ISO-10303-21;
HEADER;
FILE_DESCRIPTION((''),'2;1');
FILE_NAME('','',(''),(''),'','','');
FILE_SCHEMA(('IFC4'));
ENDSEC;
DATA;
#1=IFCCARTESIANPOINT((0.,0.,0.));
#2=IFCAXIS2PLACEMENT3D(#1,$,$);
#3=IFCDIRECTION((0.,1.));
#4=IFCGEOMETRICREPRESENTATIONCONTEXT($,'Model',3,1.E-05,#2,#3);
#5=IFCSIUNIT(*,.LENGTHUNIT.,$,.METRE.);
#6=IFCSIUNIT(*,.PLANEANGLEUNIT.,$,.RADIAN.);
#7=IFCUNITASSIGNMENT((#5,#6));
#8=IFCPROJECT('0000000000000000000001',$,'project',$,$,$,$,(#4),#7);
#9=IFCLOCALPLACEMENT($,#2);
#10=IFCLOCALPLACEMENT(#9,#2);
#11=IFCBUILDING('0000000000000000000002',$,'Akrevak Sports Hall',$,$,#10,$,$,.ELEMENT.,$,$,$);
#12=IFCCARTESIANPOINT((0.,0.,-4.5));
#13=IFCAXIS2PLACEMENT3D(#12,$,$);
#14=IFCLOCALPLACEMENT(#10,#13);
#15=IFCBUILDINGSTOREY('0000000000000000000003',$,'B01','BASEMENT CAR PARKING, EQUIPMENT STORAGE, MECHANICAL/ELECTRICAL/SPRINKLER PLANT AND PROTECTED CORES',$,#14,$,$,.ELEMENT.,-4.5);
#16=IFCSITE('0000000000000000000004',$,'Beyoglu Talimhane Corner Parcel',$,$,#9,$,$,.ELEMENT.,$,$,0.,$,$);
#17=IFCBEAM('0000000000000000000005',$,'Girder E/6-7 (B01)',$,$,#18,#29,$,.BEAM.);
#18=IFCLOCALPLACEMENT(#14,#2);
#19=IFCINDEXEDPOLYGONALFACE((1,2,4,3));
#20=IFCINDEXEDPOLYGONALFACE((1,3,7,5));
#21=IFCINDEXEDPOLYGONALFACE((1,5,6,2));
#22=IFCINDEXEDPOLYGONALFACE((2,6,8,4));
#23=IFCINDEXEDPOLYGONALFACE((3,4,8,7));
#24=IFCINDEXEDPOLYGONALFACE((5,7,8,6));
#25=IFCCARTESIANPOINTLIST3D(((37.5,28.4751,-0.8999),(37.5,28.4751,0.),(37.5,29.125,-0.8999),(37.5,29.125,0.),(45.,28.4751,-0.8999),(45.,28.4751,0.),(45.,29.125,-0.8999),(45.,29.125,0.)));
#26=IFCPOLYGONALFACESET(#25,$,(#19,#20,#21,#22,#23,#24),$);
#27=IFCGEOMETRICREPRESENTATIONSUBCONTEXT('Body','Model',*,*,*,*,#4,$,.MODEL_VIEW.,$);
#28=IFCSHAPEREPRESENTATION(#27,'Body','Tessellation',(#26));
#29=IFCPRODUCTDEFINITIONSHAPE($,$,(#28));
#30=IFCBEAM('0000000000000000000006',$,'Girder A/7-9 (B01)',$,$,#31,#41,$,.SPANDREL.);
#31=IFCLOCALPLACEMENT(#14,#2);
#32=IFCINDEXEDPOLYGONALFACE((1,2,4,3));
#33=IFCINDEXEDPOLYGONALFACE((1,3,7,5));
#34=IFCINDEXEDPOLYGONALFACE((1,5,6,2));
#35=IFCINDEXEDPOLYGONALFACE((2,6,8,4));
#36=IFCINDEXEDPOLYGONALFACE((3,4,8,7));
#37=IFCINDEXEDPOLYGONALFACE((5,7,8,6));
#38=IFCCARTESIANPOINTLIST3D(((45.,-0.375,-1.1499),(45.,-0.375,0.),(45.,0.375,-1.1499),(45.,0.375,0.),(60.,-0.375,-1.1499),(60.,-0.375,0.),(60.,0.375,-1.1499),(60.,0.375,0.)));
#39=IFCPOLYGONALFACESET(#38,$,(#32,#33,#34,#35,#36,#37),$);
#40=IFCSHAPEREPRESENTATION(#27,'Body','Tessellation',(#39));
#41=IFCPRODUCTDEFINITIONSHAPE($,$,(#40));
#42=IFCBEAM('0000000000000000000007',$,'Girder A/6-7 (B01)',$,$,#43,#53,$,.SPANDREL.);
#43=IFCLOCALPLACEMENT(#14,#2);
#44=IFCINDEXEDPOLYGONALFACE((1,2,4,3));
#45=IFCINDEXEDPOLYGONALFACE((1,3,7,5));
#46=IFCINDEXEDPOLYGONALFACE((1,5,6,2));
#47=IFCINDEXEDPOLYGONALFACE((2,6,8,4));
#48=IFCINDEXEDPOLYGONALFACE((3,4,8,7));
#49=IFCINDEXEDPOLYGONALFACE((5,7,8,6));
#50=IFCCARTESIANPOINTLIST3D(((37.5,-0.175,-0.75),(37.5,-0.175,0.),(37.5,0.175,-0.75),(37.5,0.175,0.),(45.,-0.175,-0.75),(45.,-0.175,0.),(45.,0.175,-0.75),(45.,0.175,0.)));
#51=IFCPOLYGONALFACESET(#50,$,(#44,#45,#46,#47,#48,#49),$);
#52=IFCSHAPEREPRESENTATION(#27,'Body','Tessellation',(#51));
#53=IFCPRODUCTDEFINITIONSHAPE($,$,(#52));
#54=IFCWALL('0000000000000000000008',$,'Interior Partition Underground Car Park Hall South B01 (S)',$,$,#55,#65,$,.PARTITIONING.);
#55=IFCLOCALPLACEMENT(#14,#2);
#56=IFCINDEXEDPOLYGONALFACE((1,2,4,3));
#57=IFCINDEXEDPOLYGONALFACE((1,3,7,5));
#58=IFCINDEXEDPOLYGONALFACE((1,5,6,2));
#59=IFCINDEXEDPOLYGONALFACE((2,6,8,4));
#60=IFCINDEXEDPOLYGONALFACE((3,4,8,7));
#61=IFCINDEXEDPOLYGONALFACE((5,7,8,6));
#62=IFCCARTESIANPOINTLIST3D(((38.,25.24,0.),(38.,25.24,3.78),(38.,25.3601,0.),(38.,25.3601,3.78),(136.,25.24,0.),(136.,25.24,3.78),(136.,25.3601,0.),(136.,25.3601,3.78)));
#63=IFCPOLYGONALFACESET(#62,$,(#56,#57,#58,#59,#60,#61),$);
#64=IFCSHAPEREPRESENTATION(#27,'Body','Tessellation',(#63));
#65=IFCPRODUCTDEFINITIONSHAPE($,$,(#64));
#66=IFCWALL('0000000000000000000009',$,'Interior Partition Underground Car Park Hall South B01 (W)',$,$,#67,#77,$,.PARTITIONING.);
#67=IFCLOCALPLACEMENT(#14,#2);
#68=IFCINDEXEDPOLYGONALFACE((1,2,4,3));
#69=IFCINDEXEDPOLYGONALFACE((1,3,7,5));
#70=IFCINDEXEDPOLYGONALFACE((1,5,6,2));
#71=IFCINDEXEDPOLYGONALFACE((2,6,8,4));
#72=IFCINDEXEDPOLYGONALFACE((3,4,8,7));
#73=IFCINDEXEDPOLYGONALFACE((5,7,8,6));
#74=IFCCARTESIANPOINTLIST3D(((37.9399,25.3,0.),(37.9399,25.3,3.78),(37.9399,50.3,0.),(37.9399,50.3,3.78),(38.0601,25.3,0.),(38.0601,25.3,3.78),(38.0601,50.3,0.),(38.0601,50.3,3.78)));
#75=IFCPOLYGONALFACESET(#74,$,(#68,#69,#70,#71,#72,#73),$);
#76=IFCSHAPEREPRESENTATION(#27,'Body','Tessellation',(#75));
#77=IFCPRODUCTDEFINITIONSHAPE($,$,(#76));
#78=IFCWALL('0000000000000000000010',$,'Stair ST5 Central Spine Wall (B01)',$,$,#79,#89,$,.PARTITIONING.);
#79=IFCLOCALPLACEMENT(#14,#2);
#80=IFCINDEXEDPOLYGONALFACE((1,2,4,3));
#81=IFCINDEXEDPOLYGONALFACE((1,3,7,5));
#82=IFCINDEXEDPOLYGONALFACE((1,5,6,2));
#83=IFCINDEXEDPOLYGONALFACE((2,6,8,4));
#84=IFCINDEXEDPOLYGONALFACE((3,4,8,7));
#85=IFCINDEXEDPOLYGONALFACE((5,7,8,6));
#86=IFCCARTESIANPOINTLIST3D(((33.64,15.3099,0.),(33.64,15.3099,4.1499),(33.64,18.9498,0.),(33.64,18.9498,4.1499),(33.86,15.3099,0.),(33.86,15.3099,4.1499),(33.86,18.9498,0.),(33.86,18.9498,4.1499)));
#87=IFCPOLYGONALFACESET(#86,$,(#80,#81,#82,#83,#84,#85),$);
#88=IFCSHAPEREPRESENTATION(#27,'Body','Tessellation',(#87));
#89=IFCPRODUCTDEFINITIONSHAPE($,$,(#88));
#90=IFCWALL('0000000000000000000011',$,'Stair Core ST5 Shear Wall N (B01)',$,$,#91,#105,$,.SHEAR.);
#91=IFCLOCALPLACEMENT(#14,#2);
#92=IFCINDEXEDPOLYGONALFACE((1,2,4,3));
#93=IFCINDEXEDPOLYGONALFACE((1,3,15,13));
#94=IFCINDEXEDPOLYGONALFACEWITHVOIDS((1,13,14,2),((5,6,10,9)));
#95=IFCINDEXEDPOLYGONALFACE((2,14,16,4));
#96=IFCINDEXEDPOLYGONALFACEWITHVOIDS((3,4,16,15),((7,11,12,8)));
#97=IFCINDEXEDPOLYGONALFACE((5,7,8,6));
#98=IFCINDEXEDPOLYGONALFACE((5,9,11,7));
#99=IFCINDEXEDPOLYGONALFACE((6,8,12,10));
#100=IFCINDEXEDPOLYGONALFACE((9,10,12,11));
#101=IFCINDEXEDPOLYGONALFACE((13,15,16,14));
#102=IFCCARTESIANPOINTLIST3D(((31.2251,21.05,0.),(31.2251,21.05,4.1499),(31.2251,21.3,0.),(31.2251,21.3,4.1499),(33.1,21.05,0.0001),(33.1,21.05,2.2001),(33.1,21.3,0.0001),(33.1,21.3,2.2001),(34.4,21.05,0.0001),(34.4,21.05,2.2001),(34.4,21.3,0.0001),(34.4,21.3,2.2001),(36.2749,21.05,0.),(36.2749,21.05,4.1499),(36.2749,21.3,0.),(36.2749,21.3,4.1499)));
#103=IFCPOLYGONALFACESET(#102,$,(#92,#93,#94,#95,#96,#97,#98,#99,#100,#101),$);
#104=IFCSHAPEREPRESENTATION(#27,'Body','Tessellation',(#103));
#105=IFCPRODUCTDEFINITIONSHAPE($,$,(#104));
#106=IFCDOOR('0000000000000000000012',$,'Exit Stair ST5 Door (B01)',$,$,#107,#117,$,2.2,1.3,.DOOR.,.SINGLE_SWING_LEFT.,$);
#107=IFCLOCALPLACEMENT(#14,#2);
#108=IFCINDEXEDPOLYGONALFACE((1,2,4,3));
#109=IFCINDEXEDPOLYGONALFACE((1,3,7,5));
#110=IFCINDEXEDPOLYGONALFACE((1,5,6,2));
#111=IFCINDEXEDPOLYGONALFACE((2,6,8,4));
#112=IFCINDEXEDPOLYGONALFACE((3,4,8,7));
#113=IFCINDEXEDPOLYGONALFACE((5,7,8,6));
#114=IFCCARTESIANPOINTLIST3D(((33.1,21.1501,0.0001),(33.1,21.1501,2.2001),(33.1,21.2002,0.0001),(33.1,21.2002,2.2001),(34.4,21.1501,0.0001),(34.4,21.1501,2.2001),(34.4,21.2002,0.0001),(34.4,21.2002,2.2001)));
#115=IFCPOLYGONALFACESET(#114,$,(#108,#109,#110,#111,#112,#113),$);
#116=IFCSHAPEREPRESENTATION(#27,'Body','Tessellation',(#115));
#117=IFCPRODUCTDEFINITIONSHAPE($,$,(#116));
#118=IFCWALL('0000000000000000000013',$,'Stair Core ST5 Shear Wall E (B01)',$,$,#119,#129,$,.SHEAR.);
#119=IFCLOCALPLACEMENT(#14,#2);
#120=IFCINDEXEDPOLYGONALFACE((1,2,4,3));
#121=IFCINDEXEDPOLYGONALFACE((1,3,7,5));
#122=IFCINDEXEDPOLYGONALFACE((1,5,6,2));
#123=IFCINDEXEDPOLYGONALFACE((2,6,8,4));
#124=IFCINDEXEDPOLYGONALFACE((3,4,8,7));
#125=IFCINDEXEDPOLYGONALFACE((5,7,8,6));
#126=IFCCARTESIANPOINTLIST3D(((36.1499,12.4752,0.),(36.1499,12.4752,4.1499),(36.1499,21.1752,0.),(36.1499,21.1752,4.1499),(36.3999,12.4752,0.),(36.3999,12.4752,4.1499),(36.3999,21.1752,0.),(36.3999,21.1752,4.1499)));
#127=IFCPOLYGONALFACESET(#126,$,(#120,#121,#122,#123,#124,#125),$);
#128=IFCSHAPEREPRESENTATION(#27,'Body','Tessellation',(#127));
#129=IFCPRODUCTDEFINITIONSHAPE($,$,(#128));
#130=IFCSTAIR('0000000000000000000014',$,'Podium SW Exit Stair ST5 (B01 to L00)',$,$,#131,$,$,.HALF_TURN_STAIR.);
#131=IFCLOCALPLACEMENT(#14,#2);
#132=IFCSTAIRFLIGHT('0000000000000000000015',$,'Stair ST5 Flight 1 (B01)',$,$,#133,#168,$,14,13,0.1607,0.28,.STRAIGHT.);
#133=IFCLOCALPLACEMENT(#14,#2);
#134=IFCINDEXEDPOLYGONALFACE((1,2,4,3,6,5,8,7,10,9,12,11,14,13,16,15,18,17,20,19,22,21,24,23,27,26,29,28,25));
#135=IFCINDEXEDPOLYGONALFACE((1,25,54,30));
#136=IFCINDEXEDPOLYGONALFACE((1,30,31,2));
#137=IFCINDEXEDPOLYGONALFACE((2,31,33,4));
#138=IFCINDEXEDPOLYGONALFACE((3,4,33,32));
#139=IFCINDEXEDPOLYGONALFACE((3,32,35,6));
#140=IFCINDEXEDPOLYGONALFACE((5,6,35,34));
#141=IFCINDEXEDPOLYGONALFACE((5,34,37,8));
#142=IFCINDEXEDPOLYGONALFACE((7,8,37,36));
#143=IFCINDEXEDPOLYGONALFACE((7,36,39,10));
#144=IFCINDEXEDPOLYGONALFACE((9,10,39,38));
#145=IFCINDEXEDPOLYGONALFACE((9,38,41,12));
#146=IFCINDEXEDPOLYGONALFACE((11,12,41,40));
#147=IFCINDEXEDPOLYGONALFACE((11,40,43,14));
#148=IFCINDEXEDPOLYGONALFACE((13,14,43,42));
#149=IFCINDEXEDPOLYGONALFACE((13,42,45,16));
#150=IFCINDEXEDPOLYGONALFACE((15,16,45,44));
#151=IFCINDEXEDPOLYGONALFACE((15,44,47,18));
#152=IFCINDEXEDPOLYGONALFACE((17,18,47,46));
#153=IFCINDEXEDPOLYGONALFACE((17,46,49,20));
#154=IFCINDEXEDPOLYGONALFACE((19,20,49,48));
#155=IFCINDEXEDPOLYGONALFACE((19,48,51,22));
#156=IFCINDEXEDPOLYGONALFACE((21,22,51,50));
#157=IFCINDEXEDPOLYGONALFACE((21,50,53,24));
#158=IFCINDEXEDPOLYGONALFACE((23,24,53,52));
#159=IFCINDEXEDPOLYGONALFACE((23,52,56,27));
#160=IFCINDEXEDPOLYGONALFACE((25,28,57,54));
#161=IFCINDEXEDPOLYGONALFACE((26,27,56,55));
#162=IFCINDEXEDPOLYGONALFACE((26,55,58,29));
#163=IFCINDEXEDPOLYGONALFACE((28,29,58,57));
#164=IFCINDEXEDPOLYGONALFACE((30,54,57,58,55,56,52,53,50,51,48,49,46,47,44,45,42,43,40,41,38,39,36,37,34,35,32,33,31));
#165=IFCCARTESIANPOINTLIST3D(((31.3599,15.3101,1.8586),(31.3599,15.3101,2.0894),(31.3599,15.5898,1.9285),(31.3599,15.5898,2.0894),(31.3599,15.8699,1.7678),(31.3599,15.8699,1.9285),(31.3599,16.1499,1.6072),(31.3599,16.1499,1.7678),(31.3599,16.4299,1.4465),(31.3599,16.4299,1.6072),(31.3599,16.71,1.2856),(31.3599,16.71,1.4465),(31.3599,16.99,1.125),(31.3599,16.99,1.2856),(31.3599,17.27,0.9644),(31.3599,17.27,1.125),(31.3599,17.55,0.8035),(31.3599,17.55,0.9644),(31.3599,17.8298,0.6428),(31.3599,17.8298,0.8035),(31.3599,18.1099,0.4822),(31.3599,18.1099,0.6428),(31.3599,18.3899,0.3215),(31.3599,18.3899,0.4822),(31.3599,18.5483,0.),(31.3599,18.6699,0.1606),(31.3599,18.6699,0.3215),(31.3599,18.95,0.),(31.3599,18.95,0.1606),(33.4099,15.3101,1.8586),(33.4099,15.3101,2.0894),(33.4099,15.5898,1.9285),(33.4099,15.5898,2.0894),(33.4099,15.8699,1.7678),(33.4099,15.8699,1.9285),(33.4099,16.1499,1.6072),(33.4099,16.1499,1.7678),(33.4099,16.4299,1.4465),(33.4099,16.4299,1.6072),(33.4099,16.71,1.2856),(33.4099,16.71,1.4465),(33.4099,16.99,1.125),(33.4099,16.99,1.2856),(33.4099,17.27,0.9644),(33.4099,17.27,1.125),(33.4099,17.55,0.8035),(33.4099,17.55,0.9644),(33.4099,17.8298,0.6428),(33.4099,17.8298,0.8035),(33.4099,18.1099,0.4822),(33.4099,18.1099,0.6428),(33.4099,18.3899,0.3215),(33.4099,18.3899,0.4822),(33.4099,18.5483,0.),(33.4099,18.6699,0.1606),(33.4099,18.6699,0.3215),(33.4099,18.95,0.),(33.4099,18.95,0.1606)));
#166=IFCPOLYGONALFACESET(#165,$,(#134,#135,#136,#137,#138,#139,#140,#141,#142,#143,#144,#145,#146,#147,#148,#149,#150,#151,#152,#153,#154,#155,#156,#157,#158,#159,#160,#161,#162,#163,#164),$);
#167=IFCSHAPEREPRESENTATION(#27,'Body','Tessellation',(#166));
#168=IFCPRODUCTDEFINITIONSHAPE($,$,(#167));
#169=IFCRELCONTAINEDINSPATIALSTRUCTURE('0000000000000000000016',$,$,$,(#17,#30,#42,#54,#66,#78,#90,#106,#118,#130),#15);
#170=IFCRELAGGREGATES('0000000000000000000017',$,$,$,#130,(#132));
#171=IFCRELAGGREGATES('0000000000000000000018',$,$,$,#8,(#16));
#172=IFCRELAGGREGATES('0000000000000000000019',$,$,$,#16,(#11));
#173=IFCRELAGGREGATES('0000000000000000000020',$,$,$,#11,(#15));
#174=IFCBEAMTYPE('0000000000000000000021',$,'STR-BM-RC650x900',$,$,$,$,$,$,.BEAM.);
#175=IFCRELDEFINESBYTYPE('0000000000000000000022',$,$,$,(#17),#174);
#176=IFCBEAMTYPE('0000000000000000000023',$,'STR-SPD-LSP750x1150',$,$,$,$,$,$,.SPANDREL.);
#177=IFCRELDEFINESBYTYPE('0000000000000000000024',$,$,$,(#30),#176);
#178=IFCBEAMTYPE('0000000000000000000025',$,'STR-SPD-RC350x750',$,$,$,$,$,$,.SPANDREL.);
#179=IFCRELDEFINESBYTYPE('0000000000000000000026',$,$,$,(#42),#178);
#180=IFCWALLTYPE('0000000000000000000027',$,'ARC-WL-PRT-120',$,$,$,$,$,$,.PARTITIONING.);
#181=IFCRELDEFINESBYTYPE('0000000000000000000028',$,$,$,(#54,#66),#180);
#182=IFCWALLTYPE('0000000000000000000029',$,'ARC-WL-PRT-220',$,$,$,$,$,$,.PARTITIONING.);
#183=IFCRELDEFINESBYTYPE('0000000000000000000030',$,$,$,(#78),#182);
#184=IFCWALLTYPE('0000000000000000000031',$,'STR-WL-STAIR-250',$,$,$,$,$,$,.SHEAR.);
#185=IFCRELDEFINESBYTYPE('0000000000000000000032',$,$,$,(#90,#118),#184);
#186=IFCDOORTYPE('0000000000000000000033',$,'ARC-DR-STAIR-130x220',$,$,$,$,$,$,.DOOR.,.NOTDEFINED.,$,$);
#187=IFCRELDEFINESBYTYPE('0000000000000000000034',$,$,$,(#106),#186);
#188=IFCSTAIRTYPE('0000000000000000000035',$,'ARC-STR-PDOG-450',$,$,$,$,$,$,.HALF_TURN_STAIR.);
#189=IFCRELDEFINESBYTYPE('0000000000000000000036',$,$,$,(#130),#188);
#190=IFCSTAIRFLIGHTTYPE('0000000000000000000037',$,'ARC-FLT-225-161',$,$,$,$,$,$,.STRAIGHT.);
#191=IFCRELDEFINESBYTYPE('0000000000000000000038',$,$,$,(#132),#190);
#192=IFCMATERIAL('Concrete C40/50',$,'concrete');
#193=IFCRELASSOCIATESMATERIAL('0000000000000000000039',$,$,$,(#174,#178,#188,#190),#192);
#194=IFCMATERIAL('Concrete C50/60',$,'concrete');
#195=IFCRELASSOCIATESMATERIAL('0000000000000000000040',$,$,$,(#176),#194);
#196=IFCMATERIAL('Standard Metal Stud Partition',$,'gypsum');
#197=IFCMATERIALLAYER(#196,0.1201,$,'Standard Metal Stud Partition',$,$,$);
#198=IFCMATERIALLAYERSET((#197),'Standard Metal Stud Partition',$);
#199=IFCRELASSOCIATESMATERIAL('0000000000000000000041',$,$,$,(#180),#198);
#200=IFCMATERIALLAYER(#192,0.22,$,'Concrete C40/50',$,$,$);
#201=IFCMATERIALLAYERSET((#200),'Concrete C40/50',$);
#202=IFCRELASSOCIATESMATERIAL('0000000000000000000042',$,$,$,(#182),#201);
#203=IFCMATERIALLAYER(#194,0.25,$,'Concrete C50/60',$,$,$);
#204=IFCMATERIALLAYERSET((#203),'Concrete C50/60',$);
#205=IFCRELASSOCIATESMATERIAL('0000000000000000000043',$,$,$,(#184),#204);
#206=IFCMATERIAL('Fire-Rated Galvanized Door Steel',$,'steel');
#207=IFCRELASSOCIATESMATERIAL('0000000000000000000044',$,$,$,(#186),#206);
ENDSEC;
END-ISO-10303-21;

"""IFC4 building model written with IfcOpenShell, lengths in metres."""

from ifc_helpers import new_model, si_unit, direction, frame, frame_2d, origin, origin_2d, place, context, subcontext, project, spatial, polyline, rectangle, outline, extrude, material, layer, layer_set, material_profile, profile_set, type_object, element, fill, aggregate, save


model = new_model("IFC4")

# Units and contexts
model_context = context("Model", 3, precision=1e-05, world=origin(), true_north=direction((0.0, 1.0)))
body_context = subcontext(model_context, "Body", "Model", "MODEL_VIEW")
ifc_project = project(units=[si_unit("LENGTHUNIT", "METRE"), si_unit("PLANEANGLEUNIT", "RADIAN")], contexts=[model_context])

# Site, building, storey
site_placement = place(None, origin())
site = spatial("IfcSite", under=ifc_project, at=site_placement, Name="Beyoglu Talimhane Corner Parcel", CompositionType="ELEMENT", RefElevation=0.0)
building_placement = place(site_placement, origin())
building = spatial("IfcBuilding", under=site, at=building_placement, Name="Akrevak Sports Hall", CompositionType="ELEMENT")
storey_placement = place(building_placement, frame((0.0, 0.0, -4.5)))
storey = spatial("IfcBuildingStorey", under=building, at=storey_placement, Name="B01", Description="BASEMENT CAR PARKING, EQUIPMENT STORAGE, MECHANICAL/ELECTRICAL/SPRINKLER PLANT AND PROTECTED CORES", CompositionType="ELEMENT", Elevation=-4.5)

# Shared definitions
ifc_material_1 = material(Name="Concrete C50/60", Category="concrete")
ifc_material_2 = material(Name="Concrete C40/50", Category="concrete")

# Beams
ifc_material_profile_1 = material_profile(ifc_material_2, rectangle(XDim=0.6499, YDim=0.8999, at=origin_2d()), Name="BM 650x900", Category="concrete")
ifc_profile_set_1 = profile_set([ifc_material_profile_1], Name="Concrete C40/50")
beam_type_1 = type_object("IfcBeamType", Name="STR-BM-RC650x900", PredefinedType="BEAM", material=ifc_profile_set_1)
for number, where, z_axis, x_axis, name in (
    (1, (37.5, 28.8, -0.45), (1.0, 0.0, 0.0), (0.0, 1.0, 0.0), "Girder E/6-7 (B01)"),
):
    element("IfcBeam", number, at=place(storey_placement, frame(where, z_axis=z_axis, x_axis=x_axis)), inside=storey, type_object=beam_type_1, Name=name, PredefinedType="BEAM", context=body_context, shape_type="SweptSolid", body=[
        extrude(rectangle(XDim=0.6499, YDim=0.8999, at=origin_2d()), origin(), (0.0, 0.0, 1.0), 7.5),
    ])
ifc_material_profile_2 = material_profile(ifc_material_1, rectangle(XDim=0.75, YDim=1.1499, at=origin_2d()), Name="SPD 750x1150", Category="concrete")
ifc_profile_set_2 = profile_set([ifc_material_profile_2], Name="Concrete C50/60")
beam_type_2 = type_object("IfcBeamType", Name="STR-SPD-LSP750x1150", PredefinedType="SPANDREL", material=ifc_profile_set_2)
beam_1_placement = place(storey_placement, frame((45.0, 0.0, -0.575), z_axis=(1.0, 0.0, 0.0), x_axis=(0.0, 1.0, 0.0)))
element("IfcBeam", 2, at=beam_1_placement, inside=storey, type_object=beam_type_2, Name="Girder A/7-9 (B01)", PredefinedType="SPANDREL", context=body_context, shape_type="SweptSolid", body=[
    extrude(rectangle(XDim=0.75, YDim=1.1499, at=origin_2d()), origin(), (0.0, 0.0, 1.0), 15.0),
])
ifc_material_profile_3 = material_profile(ifc_material_2, rectangle(XDim=0.3501, YDim=0.75, at=origin_2d()), Name="SPD 350x750", Category="concrete")
ifc_profile_set_3 = profile_set([ifc_material_profile_3], Name="Concrete C40/50")
beam_type_3 = type_object("IfcBeamType", Name="STR-SPD-RC350x750", PredefinedType="SPANDREL", material=ifc_profile_set_3)
beam_2_placement = place(storey_placement, frame((37.5, 0.0, -0.375), z_axis=(1.0, 0.0, 0.0), x_axis=(0.0, 1.0, 0.0)))
element("IfcBeam", 3, at=beam_2_placement, inside=storey, type_object=beam_type_3, Name="Girder A/6-7 (B01)", PredefinedType="SPANDREL", context=body_context, shape_type="SweptSolid", body=[
    extrude(rectangle(XDim=0.3501, YDim=0.75, at=origin_2d()), origin(), (0.0, 0.0, 1.0), 7.5),
])

# Walls
ifc_material_3 = material(Name="Standard Metal Stud Partition", Category="gypsum")
ifc_layer_1 = layer(ifc_material_3, 0.1201, Name="Standard Metal Stud Partition")
ifc_layer_set_1 = layer_set([ifc_layer_1], Name="Standard Metal Stud Partition")
wall_type_1 = type_object("IfcWallType", Name="ARC-WL-PRT-120", PredefinedType="PARTITIONING", material=ifc_layer_set_1)
wall_1_placement = place(storey_placement, frame((38.0, 25.3, 0.0), z_axis=(0.0, 0.0, 1.0), x_axis=(1.0, 0.0, 0.0)))
element("IfcWall", 4, at=wall_1_placement, inside=storey, type_object=wall_type_1, Name="Interior Partition Underground Car Park Hall South B01 (S)", PredefinedType="PARTITIONING", context=body_context, shape_type="SweptSolid", body=[
    extrude(rectangle(XDim=98.0, YDim=0.1201, at=frame_2d((49.0, 0.0))), origin(), (0.0, 0.0, 1.0), 3.78),
])
wall_2_placement = place(storey_placement, frame((38.0, 25.3, 0.0), z_axis=(0.0, 0.0, 1.0), x_axis=(0.0, 1.0, 0.0)))
element("IfcWall", 5, at=wall_2_placement, inside=storey, type_object=wall_type_1, Name="Interior Partition Underground Car Park Hall South B01 (W)", PredefinedType="PARTITIONING", context=body_context, shape_type="SweptSolid", body=[
    extrude(rectangle(XDim=25.0, YDim=0.1201, at=frame_2d((12.5, 0.0))), origin(), (0.0, 0.0, 1.0), 3.78),
])
ifc_layer_2 = layer(ifc_material_2, 0.22, Name="Concrete C40/50")
ifc_layer_set_2 = layer_set([ifc_layer_2], Name="Concrete C40/50")
wall_type_2 = type_object("IfcWallType", Name="ARC-WL-PRT-220", PredefinedType="PARTITIONING", material=ifc_layer_set_2)
wall_3_placement = place(storey_placement, frame((33.75, 15.3101, 0.0), z_axis=(0.0, 0.0, 1.0), x_axis=(0.0, 1.0, 0.0)))
element("IfcWall", 6, at=wall_3_placement, inside=storey, type_object=wall_type_2, Name="Stair ST5 Central Spine Wall (B01)", PredefinedType="PARTITIONING", context=body_context, shape_type="SweptSolid", body=[
    extrude(rectangle(XDim=3.6399, YDim=0.22, at=frame_2d((1.8198, 0.0))), origin(), (0.0, 0.0, 1.0), 4.1499),
])

# Wall, opening, door
ifc_layer_3 = layer(ifc_material_1, 0.25, Name="Concrete C50/60")
ifc_layer_set_3 = layer_set([ifc_layer_3], Name="Concrete C50/60")
wall_type_3 = type_object("IfcWallType", Name="STR-WL-STAIR-250", PredefinedType="SHEAR", material=ifc_layer_set_3)
wall_4_placement = place(storey_placement, frame((36.2749, 21.175, 0.0), z_axis=(0.0, 0.0, 1.0), x_axis=(-1.0, 0.0, 0.0)))
wall_4 = element("IfcWall", 7, at=wall_4_placement, inside=storey, type_object=wall_type_3, Name="Stair Core ST5 Shear Wall N (B01)", PredefinedType="SHEAR", context=body_context, shape_type="SweptSolid", body=[
    extrude(rectangle(XDim=5.0498, YDim=0.25, at=frame_2d((2.5249, 0.0))), origin(), (0.0, 0.0, 1.0), 4.1499),
])
opening_placement = place(wall_4_placement, frame((1.875, 0.0, 0.0)))
opening = element("IfcOpeningElement", 8, at=opening_placement, cuts=wall_4, PredefinedType="OPENING", context=body_context, shape_type="SweptSolid", body=[
    extrude(rectangle(XDim=1.3, YDim=2.2, at=frame_2d((0.6499, 1.1001))), frame((0.0, 0.137, 0.0), z_axis=(0.0, -1.0, 0.0), x_axis=(1.0, 0.0, 0.0)), (0.0, 0.0, 1.0), 0.2739),
])
ifc_material_4 = material(Name="Fire-Rated Galvanized Door Steel", Category="steel")
door_type = type_object("IfcDoorType", Name="ARC-DR-STAIR-130x220", OperationType="NOTDEFINED", PredefinedType="DOOR", material=ifc_material_4)
door_placement = place(opening_placement, origin())
door = element("IfcDoor", 9, at=door_placement, inside=storey, type_object=door_type, Name="Exit Stair ST5 Door (B01)", OperationType="SINGLE_SWING_LEFT", OverallHeight=2.2, OverallWidth=1.3, PredefinedType="DOOR", context=body_context, shape_type="SweptSolid", body=[
    extrude(rectangle(XDim=1.3, YDim=2.2, at=frame_2d((0.6499, 1.1001))), frame((0.0, 0.0249, 0.0), z_axis=(0.0, -1.0, 0.0), x_axis=(1.0, 0.0, 0.0)), (0.0, 0.0, 1.0), 0.05),
])
fill(opening, door)

# Wall
wall_5_placement = place(storey_placement, frame((36.2749, 12.4751, 0.0), z_axis=(0.0, 0.0, 1.0), x_axis=(0.0, 1.0, 0.0)))
element("IfcWall", 10, at=wall_5_placement, inside=storey, type_object=wall_type_3, Name="Stair Core ST5 Shear Wall E (B01)", PredefinedType="SHEAR", context=body_context, shape_type="SweptSolid", body=[
    extrude(rectangle(XDim=8.7, YDim=0.25, at=frame_2d((4.3501, 0.0))), origin(), (0.0, 0.0, 1.0), 4.1499),
])

# Stair, stair flight
stair_type = type_object("IfcStairType", Name="ARC-STR-PDOG-450", PredefinedType="HALF_TURN_STAIR", material=ifc_material_2)
stair_placement = place(storey_placement, origin())
stair = element("IfcStair", 11, at=stair_placement, inside=storey, type_object=stair_type, Name="Podium SW Exit Stair ST5 (B01 to L00)", PredefinedType="HALF_TURN_STAIR")
stair_flight_type = type_object("IfcStairFlightType", Name="ARC-FLT-225-161", PredefinedType="STRAIGHT", material=ifc_material_2)
stair_flight_1_placement = place(storey_placement, frame((32.385, 18.95, 0.0), z_axis=(0.0, 0.0, 1.0), x_axis=(0.0, -1.0, 0.0)))
stair_flight_1 = element("IfcStairFlight", 12, at=stair_flight_1_placement, type_object=stair_flight_type, Name="Stair ST5 Flight 1 (B01)", NumberOfRisers=14, NumberOfTreads=13, PredefinedType="STRAIGHT", RiserHeight=0.1607, TreadLength=0.28, context=body_context, shape_type="SweptSolid", body=[
    extrude(outline(polyline([(0.0, 0.0), (0.0, 0.1606), (0.28, 0.1606), (0.28, 0.3215), (0.5601, 0.3215), (0.5601, 0.4822), (0.8401, 0.4822), (0.8401, 0.6428), (1.1201, 0.6428), (1.1201, 0.8035), (1.3999, 0.8035), (1.3999, 0.9644), (1.6799, 0.9644), (1.6799, 1.125), (1.96, 1.125), (1.96, 1.2856), (2.24, 1.2856), (2.24, 1.4465), (2.52, 1.4465), (2.52, 1.6072), (2.8, 1.6072), (2.8, 1.7678), (3.0801, 1.7678), (3.0801, 1.9285), (3.3601, 1.9285), (3.3601, 2.0894), (3.6399, 2.0894), (3.6399, 2.25), (3.6399, 1.8586), (0.4016, 0.0), (0.0, 0.0)])), frame((0.0, 1.0249, 0.0), z_axis=(0.0, -1.0, 0.0), x_axis=(1.0, 0.0, 0.0)), (0.0, 0.0, 1.0), 2.05),
])
aggregate(stair, [stair_flight_1])

save(model, "model.ifc")
